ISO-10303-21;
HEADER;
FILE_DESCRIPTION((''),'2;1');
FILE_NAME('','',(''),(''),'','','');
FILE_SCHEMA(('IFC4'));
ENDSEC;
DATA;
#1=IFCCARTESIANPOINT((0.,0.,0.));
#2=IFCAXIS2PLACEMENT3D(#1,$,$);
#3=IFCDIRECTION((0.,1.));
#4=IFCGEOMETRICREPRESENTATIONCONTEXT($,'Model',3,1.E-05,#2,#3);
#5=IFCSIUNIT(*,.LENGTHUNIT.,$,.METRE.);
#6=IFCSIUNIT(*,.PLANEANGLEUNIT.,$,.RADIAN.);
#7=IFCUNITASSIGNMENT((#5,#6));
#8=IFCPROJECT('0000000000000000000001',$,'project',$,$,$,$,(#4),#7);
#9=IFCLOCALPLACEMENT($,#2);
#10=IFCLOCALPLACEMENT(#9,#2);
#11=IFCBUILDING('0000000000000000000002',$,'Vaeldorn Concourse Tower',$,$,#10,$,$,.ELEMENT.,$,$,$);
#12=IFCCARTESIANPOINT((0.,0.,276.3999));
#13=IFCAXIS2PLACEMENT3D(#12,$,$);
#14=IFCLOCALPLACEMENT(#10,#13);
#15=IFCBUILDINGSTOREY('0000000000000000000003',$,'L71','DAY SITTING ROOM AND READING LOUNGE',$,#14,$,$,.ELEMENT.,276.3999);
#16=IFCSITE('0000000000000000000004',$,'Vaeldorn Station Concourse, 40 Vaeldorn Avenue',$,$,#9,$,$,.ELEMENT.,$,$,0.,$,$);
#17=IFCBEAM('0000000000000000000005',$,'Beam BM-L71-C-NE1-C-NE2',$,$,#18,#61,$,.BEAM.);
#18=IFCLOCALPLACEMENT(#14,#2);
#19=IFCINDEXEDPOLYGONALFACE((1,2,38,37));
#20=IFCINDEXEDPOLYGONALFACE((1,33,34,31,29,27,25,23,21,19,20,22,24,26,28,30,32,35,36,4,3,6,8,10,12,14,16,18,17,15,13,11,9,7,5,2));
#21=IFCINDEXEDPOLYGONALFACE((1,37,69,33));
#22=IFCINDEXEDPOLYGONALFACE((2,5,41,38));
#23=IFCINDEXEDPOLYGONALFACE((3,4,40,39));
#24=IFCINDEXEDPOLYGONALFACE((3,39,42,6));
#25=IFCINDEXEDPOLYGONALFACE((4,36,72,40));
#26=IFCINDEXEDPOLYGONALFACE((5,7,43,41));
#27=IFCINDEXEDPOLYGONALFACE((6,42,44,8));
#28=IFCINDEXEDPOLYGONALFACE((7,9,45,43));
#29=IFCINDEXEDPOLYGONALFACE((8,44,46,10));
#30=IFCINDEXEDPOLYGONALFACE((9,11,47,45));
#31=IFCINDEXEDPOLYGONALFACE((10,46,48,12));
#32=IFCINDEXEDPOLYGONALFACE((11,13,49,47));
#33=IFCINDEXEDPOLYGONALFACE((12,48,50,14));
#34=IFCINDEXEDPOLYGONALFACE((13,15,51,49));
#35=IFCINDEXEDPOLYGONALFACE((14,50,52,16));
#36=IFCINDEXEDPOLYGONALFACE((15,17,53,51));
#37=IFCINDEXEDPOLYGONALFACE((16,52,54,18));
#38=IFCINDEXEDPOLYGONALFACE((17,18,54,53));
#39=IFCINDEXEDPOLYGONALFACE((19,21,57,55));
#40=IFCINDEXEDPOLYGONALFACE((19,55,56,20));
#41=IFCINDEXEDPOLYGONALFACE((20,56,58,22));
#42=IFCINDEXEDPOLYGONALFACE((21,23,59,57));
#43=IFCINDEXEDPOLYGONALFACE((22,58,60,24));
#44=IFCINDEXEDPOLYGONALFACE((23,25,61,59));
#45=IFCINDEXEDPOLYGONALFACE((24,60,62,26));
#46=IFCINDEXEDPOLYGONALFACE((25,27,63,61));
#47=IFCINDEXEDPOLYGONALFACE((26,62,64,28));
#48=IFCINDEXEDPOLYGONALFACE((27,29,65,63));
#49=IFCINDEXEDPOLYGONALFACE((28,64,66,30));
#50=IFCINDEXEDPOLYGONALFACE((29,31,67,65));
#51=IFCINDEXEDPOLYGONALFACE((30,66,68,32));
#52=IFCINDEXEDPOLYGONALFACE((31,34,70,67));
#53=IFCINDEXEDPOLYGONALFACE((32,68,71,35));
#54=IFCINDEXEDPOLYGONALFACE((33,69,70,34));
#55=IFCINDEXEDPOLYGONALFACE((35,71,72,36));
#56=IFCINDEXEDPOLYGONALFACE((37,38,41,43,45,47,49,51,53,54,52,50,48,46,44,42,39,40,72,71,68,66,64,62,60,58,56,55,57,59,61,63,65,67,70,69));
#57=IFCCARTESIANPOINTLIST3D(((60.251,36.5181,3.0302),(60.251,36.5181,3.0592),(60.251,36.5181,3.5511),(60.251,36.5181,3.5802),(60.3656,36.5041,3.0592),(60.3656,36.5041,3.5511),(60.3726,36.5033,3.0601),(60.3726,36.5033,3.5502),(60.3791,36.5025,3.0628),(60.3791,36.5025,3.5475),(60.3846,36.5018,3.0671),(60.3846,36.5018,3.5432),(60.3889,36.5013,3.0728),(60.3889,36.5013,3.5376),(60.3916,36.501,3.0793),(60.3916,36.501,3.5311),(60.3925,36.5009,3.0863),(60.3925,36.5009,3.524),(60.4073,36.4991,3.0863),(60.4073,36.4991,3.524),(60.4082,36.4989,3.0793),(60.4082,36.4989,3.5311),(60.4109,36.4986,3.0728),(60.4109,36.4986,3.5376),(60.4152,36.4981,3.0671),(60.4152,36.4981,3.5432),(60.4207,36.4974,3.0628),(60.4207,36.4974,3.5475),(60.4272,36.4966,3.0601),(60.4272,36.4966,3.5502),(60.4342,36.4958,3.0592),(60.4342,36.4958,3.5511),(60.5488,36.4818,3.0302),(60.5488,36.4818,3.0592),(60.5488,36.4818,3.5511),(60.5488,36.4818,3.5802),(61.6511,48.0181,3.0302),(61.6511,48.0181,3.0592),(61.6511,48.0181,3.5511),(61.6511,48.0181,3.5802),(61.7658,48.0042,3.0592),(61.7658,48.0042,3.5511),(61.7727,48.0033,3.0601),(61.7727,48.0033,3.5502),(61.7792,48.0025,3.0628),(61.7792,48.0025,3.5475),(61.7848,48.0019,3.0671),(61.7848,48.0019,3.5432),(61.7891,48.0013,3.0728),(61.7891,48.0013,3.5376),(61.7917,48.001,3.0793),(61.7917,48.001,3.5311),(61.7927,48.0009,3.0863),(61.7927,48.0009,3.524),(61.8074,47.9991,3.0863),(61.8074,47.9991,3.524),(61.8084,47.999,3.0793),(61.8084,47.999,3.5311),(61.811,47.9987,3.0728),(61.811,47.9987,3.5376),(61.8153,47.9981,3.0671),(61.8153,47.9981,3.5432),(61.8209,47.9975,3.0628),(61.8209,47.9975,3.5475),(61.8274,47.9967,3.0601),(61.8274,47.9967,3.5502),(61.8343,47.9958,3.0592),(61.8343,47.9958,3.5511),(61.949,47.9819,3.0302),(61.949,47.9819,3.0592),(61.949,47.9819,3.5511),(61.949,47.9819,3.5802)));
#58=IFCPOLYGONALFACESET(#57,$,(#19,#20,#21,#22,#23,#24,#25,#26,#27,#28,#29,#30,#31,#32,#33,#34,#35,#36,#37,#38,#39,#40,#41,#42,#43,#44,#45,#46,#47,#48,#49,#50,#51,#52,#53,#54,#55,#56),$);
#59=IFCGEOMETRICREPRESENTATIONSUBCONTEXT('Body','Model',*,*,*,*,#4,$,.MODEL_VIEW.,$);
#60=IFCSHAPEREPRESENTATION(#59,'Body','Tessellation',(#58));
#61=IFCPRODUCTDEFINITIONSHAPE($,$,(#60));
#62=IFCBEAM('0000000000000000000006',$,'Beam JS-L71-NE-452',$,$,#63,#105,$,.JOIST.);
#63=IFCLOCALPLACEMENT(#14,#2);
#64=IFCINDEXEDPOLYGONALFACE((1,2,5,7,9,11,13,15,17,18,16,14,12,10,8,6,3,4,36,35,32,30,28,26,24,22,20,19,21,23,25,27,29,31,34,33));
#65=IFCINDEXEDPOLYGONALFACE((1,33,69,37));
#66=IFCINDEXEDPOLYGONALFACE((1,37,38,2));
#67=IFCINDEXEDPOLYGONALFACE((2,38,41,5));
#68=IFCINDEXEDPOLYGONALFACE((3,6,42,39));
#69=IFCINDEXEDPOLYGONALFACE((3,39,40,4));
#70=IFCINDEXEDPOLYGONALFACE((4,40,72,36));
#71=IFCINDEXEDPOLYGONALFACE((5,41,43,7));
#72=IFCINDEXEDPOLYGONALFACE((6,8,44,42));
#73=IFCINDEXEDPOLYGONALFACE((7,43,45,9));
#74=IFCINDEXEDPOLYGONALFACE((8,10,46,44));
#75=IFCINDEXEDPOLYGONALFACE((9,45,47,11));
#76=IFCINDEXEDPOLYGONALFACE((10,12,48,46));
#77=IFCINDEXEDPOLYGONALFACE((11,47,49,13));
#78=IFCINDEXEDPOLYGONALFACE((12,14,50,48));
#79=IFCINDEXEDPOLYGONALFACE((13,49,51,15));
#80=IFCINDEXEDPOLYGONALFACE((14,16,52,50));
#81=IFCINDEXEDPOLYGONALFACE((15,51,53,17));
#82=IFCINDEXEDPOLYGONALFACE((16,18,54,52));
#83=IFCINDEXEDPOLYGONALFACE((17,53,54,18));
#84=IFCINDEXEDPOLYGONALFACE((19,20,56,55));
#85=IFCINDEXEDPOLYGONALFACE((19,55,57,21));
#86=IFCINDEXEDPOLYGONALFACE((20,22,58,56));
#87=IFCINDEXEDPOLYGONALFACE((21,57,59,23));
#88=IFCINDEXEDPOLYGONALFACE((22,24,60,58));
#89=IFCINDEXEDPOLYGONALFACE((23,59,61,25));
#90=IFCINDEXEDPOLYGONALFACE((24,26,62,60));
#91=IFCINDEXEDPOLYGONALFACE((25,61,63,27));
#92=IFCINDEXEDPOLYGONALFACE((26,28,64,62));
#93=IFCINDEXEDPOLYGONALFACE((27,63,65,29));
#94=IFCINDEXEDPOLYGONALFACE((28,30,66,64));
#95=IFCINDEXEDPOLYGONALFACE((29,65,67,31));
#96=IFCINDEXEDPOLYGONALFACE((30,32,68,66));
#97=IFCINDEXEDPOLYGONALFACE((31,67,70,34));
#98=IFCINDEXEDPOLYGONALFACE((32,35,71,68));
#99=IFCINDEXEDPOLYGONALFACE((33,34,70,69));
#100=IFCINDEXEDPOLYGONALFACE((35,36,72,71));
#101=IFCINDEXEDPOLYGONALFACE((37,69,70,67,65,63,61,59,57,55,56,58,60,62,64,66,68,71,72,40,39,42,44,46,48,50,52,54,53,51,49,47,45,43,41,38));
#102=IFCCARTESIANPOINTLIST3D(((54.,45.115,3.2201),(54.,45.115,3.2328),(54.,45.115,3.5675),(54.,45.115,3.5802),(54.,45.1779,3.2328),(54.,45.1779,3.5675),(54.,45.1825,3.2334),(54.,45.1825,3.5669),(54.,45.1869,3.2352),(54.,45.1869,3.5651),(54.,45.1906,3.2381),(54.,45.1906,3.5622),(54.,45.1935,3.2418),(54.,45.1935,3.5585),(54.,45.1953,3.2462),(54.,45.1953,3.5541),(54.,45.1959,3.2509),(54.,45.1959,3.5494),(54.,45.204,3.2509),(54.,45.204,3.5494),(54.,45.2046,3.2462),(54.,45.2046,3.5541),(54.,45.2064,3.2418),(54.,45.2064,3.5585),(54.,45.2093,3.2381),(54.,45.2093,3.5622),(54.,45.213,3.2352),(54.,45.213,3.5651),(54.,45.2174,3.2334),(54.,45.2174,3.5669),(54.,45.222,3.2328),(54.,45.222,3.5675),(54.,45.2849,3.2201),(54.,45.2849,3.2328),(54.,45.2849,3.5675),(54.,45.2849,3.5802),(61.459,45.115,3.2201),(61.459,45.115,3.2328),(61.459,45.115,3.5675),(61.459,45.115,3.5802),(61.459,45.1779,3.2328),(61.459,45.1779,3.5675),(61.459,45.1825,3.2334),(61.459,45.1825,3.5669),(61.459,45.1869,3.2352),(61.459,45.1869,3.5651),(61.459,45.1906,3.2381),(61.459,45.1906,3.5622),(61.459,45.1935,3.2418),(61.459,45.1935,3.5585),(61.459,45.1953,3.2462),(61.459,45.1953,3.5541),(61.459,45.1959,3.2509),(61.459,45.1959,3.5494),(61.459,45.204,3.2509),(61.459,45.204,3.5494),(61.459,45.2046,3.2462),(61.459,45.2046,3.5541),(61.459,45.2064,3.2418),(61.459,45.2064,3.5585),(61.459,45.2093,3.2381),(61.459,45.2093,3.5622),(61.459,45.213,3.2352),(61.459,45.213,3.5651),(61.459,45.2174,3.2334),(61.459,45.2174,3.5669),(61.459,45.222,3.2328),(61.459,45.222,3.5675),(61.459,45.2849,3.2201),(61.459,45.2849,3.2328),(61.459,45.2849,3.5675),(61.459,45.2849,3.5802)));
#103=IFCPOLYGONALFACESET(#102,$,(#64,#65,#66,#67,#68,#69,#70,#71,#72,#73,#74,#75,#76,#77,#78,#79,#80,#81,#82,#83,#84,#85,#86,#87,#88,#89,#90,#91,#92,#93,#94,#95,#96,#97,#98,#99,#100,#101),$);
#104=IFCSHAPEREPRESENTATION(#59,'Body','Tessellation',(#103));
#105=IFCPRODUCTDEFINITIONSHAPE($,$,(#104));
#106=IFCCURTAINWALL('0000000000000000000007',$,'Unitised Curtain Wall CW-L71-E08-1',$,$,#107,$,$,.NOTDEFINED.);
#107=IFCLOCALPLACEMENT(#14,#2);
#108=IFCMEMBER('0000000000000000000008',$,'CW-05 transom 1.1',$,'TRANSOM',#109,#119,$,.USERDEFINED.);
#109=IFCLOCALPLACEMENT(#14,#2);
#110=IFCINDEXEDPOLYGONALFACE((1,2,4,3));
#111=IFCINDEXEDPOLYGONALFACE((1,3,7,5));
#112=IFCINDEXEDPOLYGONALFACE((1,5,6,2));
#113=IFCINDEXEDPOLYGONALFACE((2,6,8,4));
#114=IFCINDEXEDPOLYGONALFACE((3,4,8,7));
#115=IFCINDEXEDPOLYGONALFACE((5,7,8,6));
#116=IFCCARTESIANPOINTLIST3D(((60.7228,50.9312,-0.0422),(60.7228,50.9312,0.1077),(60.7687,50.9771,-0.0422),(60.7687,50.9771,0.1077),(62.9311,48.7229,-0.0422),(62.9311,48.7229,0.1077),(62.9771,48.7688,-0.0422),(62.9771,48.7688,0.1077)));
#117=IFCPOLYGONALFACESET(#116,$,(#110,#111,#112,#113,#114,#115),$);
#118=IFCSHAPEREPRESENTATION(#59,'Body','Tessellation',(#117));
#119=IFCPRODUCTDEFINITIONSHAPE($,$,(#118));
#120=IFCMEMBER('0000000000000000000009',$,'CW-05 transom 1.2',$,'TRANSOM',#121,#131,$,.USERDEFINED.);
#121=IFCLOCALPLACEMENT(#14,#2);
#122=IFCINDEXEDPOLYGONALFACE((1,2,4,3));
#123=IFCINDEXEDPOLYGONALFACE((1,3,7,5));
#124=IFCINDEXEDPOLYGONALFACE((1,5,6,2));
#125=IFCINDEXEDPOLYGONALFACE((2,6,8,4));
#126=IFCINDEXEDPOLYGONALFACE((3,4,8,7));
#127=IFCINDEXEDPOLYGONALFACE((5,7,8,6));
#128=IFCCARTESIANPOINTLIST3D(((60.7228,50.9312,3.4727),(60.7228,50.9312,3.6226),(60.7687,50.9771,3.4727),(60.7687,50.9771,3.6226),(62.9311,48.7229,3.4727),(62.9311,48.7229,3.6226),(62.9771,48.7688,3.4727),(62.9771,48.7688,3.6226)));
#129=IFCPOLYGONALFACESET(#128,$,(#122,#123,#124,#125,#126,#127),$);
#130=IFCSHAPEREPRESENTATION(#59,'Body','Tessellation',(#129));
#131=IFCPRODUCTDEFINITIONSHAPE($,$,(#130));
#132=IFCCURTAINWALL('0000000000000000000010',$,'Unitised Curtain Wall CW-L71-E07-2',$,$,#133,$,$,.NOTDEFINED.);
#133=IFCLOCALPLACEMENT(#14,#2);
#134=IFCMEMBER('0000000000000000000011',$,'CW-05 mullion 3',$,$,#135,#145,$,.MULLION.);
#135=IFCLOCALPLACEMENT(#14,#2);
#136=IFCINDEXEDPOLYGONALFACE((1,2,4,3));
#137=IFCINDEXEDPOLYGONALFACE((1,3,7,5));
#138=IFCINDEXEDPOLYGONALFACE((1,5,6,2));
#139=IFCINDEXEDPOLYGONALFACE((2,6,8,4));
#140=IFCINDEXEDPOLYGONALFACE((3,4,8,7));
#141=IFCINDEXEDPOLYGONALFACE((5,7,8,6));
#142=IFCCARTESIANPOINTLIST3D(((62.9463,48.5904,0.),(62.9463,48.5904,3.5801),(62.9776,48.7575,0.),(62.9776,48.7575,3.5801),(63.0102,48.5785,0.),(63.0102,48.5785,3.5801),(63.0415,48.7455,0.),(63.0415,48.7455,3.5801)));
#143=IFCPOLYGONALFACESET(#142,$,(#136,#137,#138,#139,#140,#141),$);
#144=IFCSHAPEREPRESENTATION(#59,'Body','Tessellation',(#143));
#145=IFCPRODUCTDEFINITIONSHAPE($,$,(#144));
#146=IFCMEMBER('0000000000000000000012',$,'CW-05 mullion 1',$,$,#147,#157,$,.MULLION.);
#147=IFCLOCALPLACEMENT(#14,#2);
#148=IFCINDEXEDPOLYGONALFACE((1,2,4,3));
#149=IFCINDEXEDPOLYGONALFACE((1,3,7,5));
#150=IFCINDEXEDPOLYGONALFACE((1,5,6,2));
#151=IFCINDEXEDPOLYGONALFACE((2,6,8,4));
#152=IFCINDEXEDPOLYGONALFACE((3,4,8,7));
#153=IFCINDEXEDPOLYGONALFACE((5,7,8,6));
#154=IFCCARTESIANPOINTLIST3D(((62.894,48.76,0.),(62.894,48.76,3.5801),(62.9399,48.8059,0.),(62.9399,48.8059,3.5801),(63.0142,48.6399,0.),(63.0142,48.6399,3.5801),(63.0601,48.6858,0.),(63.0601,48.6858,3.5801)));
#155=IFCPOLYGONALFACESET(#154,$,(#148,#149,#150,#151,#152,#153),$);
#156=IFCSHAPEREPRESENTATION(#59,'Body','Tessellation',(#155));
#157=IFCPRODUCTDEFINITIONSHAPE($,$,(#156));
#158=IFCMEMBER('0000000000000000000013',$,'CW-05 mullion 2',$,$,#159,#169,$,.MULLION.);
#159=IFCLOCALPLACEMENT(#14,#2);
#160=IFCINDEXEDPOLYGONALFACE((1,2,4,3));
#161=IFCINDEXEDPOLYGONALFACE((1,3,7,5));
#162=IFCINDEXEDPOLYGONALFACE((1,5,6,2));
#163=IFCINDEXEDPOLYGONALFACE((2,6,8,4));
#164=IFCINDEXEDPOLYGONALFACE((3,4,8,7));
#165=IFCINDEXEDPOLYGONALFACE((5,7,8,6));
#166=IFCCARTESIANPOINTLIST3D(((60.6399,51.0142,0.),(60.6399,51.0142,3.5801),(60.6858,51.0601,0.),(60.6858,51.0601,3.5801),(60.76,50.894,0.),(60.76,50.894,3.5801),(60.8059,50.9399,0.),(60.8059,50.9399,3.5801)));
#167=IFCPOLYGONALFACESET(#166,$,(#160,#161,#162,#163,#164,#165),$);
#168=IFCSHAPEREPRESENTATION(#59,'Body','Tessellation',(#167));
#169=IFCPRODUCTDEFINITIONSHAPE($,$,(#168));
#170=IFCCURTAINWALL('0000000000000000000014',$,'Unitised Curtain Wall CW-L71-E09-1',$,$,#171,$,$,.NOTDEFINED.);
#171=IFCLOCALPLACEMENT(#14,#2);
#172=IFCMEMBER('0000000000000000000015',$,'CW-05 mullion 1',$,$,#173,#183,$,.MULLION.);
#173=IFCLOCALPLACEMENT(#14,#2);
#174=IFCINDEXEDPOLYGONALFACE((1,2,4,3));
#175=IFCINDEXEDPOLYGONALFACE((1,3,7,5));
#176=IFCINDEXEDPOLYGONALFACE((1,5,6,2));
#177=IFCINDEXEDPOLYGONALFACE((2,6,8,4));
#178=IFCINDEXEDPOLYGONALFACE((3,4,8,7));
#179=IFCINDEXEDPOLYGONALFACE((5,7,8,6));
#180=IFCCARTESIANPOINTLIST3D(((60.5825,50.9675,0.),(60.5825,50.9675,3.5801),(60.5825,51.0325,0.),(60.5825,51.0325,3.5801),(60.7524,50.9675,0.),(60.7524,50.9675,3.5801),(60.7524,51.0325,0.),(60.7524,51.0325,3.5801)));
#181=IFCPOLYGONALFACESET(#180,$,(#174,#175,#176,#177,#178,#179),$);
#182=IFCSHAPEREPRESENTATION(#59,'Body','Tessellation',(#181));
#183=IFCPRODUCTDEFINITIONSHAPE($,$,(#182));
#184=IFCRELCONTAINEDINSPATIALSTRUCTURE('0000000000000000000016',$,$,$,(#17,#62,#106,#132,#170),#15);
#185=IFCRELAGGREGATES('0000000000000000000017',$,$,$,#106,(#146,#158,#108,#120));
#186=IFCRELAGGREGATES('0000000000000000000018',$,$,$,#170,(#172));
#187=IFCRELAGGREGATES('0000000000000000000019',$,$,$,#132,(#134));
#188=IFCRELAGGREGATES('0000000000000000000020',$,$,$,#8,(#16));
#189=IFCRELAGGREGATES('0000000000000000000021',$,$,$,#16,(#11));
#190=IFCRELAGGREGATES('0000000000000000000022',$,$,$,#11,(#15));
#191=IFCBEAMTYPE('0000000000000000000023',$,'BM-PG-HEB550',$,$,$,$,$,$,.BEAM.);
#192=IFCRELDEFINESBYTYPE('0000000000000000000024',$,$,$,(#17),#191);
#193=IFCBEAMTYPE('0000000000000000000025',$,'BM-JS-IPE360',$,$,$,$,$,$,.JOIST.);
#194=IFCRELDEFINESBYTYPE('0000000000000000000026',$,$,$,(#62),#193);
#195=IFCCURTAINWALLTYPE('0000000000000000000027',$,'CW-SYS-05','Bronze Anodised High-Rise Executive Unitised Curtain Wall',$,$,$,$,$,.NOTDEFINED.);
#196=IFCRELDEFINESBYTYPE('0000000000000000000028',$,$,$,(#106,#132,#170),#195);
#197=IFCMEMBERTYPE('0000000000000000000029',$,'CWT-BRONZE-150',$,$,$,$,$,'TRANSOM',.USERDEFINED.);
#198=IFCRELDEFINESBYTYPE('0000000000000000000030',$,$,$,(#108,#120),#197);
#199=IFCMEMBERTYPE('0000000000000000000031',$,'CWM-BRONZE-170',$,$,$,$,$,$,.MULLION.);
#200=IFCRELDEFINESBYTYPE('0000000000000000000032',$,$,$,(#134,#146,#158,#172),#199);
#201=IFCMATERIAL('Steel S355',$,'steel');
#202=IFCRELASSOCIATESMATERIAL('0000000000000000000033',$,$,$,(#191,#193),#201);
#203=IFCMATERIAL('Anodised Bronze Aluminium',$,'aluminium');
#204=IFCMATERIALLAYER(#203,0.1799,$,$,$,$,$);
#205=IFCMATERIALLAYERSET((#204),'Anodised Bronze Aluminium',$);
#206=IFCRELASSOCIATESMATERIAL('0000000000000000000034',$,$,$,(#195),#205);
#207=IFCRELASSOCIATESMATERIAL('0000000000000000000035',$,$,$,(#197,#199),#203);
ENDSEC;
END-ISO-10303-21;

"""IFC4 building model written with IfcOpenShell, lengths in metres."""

from ifc_helpers import new_model, si_unit, direction, frame, origin, origin_2d, place, context, subcontext, project, spatial, rectangle, i_section, extrude, source, transform, mapped, material, layer, layer_set, material_profile, profile_set, type_object, element, aggregate, save


model = new_model("IFC4")

# Units and contexts
model_context = context("Model", 3, precision=1e-05, world=origin(), true_north=direction((0.0, 1.0)))
body_context = subcontext(model_context, "Body", "Model", "MODEL_VIEW")
ifc_project = project(units=[si_unit("LENGTHUNIT", "METRE"), si_unit("PLANEANGLEUNIT", "RADIAN")], contexts=[model_context])

# Site, building, storey
site_placement = place(None, origin())
site = spatial("IfcSite", under=ifc_project, at=site_placement, Name="Vaeldorn Station Concourse, 40 Vaeldorn Avenue", CompositionType="ELEMENT", RefElevation=0.0)
building_placement = place(site_placement, origin())
building = spatial("IfcBuilding", under=site, at=building_placement, Name="Vaeldorn Concourse Tower", CompositionType="ELEMENT")
storey_placement = place(building_placement, frame((0.0, 0.0, 276.3999)))
storey = spatial("IfcBuildingStorey", under=building, at=storey_placement, Name="L71", Description="DAY SITTING ROOM AND READING LOUNGE", CompositionType="ELEMENT", Elevation=276.3999)

# Shared definitions
ifc_material_1 = material(Name="Steel S355", Category="steel")

# Beams
ifc_material_profile_1 = material_profile(ifc_material_1, i_section(OverallWidth=0.3, OverallDepth=0.55, WebThickness=0.0149, FlangeThickness=0.0291, FilletRadius=0.0271, at=origin_2d()), Name="HEB 550")
ifc_profile_set_1 = profile_set([ifc_material_profile_1], Name="Steel S355")
beam_type_1 = type_object("IfcBeamType", Name="BM-PG-HEB550", PredefinedType="BEAM", material=ifc_profile_set_1)
shared_shape_1 = source(origin(), body_context, "Body", "SweptSolid", [
    extrude(i_section(OverallWidth=0.3, OverallDepth=0.55, WebThickness=0.0149, FlangeThickness=0.0291, FilletRadius=0.0271, at=origin_2d()), origin(), (0.0, 0.0, 1.0), 11.585),
])
beam_1_placement = place(storey_placement, frame((61.8, 48.0, 3.3052), z_axis=(-0.120859, -0.99267, 0.0), x_axis=(0.99267, -0.120859, 0.0)))
element("IfcBeam", 1, at=beam_1_placement, inside=storey, type_object=beam_type_1, Name="Beam BM-L71-C-NE1-C-NE2", PredefinedType="BEAM", context=body_context, shape_type="MappedRepresentation", body=[
    mapped(shared_shape_1, transform((0.0, 0.0, 0.0), scale=1.0)),
])
ifc_material_profile_2 = material_profile(ifc_material_1, i_section(OverallWidth=0.1699, OverallDepth=0.3601, WebThickness=0.0081, FlangeThickness=0.0127, FilletRadius=0.0181, at=origin_2d()), Name="IPE 360")
ifc_profile_set_2 = profile_set([ifc_material_profile_2], Name="Steel S355")
beam_type_2 = type_object("IfcBeamType", Name="BM-JS-IPE360", PredefinedType="JOIST", material=ifc_profile_set_2)
shared_shape_2 = source(origin(), body_context, "Body", "SweptSolid", [
    extrude(i_section(OverallWidth=0.1699, OverallDepth=0.3601, WebThickness=0.0081, FlangeThickness=0.0127, FilletRadius=0.0181, at=origin_2d()), origin(), (0.0, 0.0, 1.0), 7.459),
])
beam_2_placement = place(storey_placement, frame((54.0, 45.2, 3.4001), z_axis=(1.0, 0.0, 0.0), x_axis=(0.0, 1.0, 0.0)))
element("IfcBeam", 2, at=beam_2_placement, inside=storey, type_object=beam_type_2, Name="Beam JS-L71-NE-452", PredefinedType="JOIST", context=body_context, shape_type="MappedRepresentation", body=[
    mapped(shared_shape_2, transform((0.0, 0.0, 0.0), scale=1.0)),
])

# Curtain wall, members
ifc_material_2 = material(Name="Anodised Bronze Aluminium", Category="aluminium")
ifc_layer_1 = layer(ifc_material_2, 0.1799)
ifc_layer_set_1 = layer_set([ifc_layer_1], Name="Anodised Bronze Aluminium")
curtain_wall_type = type_object("IfcCurtainWallType", Name="CW-SYS-05", Description="Bronze Anodised High-Rise Executive Unitised Curtain Wall", PredefinedType="NOTDEFINED", material=ifc_layer_set_1)
curtain_wall_1_placement = place(storey_placement, origin())
curtain_wall_1 = element("IfcCurtainWall", 3, at=curtain_wall_1_placement, inside=storey, type_object=curtain_wall_type, Name="Unitised Curtain Wall CW-L71-E08-1", PredefinedType="NOTDEFINED")
ifc_material_profile_3 = material_profile(ifc_material_2, rectangle(XDim=0.0649, YDim=0.1499, at=origin_2d()), Name="CWT 65x150")
ifc_profile_set_3 = profile_set([ifc_material_profile_3], Name="Anodised Bronze Aluminium")
member_type_1 = type_object("IfcMemberType", Name="CWT-BRONZE-150", ElementType="TRANSOM", PredefinedType="USERDEFINED", material=ifc_profile_set_3)
shared_shape_3 = source(origin(), body_context, "Body", "SweptSolid", [
    extrude(rectangle(XDim=0.0649, YDim=0.1499, at=origin_2d()), origin(), (0.0, 0.0, 1.0), 3.123),
])
member_1_placement = place(storey_placement, frame((62.9541, 48.7458, 0.0327), z_axis=(-0.707107, 0.707107, 0.0), x_axis=(-0.707107, -0.707107, 0.0)))
member_1 = element("IfcMember", 4, at=member_1_placement, type_object=member_type_1, Name="CW-05 transom 1.1", ObjectType="TRANSOM", PredefinedType="USERDEFINED", context=body_context, shape_type="MappedRepresentation", body=[
    mapped(shared_shape_3, transform((0.0, 0.0, 0.0), scale=1.0)),
])
member_2_placement = place(storey_placement, frame((62.9541, 48.7458, 3.5476), z_axis=(-0.707107, 0.707107, 0.0), x_axis=(-0.707107, -0.707107, 0.0)))
member_2 = element("IfcMember", 5, at=member_2_placement, type_object=member_type_1, Name="CW-05 transom 1.2", ObjectType="TRANSOM", PredefinedType="USERDEFINED", context=body_context, shape_type="MappedRepresentation", body=[
    mapped(shared_shape_3, transform((0.0, 0.0, 0.0), scale=1.0)),
])

# Curtain wall, member
curtain_wall_2_placement = place(storey_placement, origin())
curtain_wall_2 = element("IfcCurtainWall", 6, at=curtain_wall_2_placement, inside=storey, type_object=curtain_wall_type, Name="Unitised Curtain Wall CW-L71-E07-2", PredefinedType="NOTDEFINED")
ifc_material_profile_4 = material_profile(ifc_material_2, rectangle(XDim=0.0649, YDim=0.1699, at=origin_2d()), Name="CWM 65x170")
ifc_profile_set_4 = profile_set([ifc_material_profile_4], Name="Anodised Bronze Aluminium")
member_type_2 = type_object("IfcMemberType", Name="CWM-BRONZE-170", PredefinedType="MULLION", material=ifc_profile_set_4)
shared_shape_4 = source(origin(), body_context, "Body", "SweptSolid", [
    extrude(rectangle(XDim=0.0649, YDim=0.1699, at=origin_2d()), origin(), (0.0, 0.0, 1.0), 3.5801),
])
member_3_placement = place(storey_placement, frame((62.9939, 48.668, 0.0), z_axis=(0.0, 0.0, 1.0), x_axis=(-0.98288, 0.184246, 0.0)))
member_3 = element("IfcMember", 7, at=member_3_placement, type_object=member_type_2, Name="CW-05 mullion 3", PredefinedType="MULLION", context=body_context, shape_type="MappedRepresentation", body=[
    mapped(shared_shape_4, transform((0.0, 0.0, 0.0), scale=1.0)),
])

# Members
member_4_placement = place(storey_placement, frame((62.9771, 48.7229, 0.0), z_axis=(0.0, 0.0, 1.0), x_axis=(-0.707107, -0.707107, 0.0)))
member_4 = element("IfcMember", 8, at=member_4_placement, type_object=member_type_2, Name="CW-05 mullion 1", PredefinedType="MULLION", context=body_context, shape_type="MappedRepresentation", body=[
    mapped(shared_shape_4, transform((0.0, 0.0, 0.0), scale=1.0)),
])
member_5_placement = place(storey_placement, frame((60.7229, 50.9771, 0.0), z_axis=(0.0, 0.0, 1.0), x_axis=(-0.707107, -0.707107, 0.0)))
member_5 = element("IfcMember", 9, at=member_5_placement, type_object=member_type_2, Name="CW-05 mullion 2", PredefinedType="MULLION", context=body_context, shape_type="MappedRepresentation", body=[
    mapped(shared_shape_4, transform((0.0, 0.0, 0.0), scale=1.0)),
])

# Curtain wall, member
curtain_wall_3_placement = place(storey_placement, origin())
curtain_wall_3 = element("IfcCurtainWall", 10, at=curtain_wall_3_placement, inside=storey, type_object=curtain_wall_type, Name="Unitised Curtain Wall CW-L71-E09-1", PredefinedType="NOTDEFINED")
member_6_placement = place(storey_placement, frame((60.6675, 51.0, 0.0), z_axis=(0.0, 0.0, 1.0), x_axis=(0.0, -1.0, 0.0)))
member_6 = element("IfcMember", 11, at=member_6_placement, type_object=member_type_2, Name="CW-05 mullion 1", PredefinedType="MULLION", context=body_context, shape_type="MappedRepresentation", body=[
    mapped(shared_shape_4, transform((0.0, 0.0, 0.0), scale=1.0)),
])

aggregate(curtain_wall_1, [member_4, member_5, member_1, member_2])
aggregate(curtain_wall_3, [member_6])
aggregate(curtain_wall_2, [member_3])

save(model, "model.ifc")
